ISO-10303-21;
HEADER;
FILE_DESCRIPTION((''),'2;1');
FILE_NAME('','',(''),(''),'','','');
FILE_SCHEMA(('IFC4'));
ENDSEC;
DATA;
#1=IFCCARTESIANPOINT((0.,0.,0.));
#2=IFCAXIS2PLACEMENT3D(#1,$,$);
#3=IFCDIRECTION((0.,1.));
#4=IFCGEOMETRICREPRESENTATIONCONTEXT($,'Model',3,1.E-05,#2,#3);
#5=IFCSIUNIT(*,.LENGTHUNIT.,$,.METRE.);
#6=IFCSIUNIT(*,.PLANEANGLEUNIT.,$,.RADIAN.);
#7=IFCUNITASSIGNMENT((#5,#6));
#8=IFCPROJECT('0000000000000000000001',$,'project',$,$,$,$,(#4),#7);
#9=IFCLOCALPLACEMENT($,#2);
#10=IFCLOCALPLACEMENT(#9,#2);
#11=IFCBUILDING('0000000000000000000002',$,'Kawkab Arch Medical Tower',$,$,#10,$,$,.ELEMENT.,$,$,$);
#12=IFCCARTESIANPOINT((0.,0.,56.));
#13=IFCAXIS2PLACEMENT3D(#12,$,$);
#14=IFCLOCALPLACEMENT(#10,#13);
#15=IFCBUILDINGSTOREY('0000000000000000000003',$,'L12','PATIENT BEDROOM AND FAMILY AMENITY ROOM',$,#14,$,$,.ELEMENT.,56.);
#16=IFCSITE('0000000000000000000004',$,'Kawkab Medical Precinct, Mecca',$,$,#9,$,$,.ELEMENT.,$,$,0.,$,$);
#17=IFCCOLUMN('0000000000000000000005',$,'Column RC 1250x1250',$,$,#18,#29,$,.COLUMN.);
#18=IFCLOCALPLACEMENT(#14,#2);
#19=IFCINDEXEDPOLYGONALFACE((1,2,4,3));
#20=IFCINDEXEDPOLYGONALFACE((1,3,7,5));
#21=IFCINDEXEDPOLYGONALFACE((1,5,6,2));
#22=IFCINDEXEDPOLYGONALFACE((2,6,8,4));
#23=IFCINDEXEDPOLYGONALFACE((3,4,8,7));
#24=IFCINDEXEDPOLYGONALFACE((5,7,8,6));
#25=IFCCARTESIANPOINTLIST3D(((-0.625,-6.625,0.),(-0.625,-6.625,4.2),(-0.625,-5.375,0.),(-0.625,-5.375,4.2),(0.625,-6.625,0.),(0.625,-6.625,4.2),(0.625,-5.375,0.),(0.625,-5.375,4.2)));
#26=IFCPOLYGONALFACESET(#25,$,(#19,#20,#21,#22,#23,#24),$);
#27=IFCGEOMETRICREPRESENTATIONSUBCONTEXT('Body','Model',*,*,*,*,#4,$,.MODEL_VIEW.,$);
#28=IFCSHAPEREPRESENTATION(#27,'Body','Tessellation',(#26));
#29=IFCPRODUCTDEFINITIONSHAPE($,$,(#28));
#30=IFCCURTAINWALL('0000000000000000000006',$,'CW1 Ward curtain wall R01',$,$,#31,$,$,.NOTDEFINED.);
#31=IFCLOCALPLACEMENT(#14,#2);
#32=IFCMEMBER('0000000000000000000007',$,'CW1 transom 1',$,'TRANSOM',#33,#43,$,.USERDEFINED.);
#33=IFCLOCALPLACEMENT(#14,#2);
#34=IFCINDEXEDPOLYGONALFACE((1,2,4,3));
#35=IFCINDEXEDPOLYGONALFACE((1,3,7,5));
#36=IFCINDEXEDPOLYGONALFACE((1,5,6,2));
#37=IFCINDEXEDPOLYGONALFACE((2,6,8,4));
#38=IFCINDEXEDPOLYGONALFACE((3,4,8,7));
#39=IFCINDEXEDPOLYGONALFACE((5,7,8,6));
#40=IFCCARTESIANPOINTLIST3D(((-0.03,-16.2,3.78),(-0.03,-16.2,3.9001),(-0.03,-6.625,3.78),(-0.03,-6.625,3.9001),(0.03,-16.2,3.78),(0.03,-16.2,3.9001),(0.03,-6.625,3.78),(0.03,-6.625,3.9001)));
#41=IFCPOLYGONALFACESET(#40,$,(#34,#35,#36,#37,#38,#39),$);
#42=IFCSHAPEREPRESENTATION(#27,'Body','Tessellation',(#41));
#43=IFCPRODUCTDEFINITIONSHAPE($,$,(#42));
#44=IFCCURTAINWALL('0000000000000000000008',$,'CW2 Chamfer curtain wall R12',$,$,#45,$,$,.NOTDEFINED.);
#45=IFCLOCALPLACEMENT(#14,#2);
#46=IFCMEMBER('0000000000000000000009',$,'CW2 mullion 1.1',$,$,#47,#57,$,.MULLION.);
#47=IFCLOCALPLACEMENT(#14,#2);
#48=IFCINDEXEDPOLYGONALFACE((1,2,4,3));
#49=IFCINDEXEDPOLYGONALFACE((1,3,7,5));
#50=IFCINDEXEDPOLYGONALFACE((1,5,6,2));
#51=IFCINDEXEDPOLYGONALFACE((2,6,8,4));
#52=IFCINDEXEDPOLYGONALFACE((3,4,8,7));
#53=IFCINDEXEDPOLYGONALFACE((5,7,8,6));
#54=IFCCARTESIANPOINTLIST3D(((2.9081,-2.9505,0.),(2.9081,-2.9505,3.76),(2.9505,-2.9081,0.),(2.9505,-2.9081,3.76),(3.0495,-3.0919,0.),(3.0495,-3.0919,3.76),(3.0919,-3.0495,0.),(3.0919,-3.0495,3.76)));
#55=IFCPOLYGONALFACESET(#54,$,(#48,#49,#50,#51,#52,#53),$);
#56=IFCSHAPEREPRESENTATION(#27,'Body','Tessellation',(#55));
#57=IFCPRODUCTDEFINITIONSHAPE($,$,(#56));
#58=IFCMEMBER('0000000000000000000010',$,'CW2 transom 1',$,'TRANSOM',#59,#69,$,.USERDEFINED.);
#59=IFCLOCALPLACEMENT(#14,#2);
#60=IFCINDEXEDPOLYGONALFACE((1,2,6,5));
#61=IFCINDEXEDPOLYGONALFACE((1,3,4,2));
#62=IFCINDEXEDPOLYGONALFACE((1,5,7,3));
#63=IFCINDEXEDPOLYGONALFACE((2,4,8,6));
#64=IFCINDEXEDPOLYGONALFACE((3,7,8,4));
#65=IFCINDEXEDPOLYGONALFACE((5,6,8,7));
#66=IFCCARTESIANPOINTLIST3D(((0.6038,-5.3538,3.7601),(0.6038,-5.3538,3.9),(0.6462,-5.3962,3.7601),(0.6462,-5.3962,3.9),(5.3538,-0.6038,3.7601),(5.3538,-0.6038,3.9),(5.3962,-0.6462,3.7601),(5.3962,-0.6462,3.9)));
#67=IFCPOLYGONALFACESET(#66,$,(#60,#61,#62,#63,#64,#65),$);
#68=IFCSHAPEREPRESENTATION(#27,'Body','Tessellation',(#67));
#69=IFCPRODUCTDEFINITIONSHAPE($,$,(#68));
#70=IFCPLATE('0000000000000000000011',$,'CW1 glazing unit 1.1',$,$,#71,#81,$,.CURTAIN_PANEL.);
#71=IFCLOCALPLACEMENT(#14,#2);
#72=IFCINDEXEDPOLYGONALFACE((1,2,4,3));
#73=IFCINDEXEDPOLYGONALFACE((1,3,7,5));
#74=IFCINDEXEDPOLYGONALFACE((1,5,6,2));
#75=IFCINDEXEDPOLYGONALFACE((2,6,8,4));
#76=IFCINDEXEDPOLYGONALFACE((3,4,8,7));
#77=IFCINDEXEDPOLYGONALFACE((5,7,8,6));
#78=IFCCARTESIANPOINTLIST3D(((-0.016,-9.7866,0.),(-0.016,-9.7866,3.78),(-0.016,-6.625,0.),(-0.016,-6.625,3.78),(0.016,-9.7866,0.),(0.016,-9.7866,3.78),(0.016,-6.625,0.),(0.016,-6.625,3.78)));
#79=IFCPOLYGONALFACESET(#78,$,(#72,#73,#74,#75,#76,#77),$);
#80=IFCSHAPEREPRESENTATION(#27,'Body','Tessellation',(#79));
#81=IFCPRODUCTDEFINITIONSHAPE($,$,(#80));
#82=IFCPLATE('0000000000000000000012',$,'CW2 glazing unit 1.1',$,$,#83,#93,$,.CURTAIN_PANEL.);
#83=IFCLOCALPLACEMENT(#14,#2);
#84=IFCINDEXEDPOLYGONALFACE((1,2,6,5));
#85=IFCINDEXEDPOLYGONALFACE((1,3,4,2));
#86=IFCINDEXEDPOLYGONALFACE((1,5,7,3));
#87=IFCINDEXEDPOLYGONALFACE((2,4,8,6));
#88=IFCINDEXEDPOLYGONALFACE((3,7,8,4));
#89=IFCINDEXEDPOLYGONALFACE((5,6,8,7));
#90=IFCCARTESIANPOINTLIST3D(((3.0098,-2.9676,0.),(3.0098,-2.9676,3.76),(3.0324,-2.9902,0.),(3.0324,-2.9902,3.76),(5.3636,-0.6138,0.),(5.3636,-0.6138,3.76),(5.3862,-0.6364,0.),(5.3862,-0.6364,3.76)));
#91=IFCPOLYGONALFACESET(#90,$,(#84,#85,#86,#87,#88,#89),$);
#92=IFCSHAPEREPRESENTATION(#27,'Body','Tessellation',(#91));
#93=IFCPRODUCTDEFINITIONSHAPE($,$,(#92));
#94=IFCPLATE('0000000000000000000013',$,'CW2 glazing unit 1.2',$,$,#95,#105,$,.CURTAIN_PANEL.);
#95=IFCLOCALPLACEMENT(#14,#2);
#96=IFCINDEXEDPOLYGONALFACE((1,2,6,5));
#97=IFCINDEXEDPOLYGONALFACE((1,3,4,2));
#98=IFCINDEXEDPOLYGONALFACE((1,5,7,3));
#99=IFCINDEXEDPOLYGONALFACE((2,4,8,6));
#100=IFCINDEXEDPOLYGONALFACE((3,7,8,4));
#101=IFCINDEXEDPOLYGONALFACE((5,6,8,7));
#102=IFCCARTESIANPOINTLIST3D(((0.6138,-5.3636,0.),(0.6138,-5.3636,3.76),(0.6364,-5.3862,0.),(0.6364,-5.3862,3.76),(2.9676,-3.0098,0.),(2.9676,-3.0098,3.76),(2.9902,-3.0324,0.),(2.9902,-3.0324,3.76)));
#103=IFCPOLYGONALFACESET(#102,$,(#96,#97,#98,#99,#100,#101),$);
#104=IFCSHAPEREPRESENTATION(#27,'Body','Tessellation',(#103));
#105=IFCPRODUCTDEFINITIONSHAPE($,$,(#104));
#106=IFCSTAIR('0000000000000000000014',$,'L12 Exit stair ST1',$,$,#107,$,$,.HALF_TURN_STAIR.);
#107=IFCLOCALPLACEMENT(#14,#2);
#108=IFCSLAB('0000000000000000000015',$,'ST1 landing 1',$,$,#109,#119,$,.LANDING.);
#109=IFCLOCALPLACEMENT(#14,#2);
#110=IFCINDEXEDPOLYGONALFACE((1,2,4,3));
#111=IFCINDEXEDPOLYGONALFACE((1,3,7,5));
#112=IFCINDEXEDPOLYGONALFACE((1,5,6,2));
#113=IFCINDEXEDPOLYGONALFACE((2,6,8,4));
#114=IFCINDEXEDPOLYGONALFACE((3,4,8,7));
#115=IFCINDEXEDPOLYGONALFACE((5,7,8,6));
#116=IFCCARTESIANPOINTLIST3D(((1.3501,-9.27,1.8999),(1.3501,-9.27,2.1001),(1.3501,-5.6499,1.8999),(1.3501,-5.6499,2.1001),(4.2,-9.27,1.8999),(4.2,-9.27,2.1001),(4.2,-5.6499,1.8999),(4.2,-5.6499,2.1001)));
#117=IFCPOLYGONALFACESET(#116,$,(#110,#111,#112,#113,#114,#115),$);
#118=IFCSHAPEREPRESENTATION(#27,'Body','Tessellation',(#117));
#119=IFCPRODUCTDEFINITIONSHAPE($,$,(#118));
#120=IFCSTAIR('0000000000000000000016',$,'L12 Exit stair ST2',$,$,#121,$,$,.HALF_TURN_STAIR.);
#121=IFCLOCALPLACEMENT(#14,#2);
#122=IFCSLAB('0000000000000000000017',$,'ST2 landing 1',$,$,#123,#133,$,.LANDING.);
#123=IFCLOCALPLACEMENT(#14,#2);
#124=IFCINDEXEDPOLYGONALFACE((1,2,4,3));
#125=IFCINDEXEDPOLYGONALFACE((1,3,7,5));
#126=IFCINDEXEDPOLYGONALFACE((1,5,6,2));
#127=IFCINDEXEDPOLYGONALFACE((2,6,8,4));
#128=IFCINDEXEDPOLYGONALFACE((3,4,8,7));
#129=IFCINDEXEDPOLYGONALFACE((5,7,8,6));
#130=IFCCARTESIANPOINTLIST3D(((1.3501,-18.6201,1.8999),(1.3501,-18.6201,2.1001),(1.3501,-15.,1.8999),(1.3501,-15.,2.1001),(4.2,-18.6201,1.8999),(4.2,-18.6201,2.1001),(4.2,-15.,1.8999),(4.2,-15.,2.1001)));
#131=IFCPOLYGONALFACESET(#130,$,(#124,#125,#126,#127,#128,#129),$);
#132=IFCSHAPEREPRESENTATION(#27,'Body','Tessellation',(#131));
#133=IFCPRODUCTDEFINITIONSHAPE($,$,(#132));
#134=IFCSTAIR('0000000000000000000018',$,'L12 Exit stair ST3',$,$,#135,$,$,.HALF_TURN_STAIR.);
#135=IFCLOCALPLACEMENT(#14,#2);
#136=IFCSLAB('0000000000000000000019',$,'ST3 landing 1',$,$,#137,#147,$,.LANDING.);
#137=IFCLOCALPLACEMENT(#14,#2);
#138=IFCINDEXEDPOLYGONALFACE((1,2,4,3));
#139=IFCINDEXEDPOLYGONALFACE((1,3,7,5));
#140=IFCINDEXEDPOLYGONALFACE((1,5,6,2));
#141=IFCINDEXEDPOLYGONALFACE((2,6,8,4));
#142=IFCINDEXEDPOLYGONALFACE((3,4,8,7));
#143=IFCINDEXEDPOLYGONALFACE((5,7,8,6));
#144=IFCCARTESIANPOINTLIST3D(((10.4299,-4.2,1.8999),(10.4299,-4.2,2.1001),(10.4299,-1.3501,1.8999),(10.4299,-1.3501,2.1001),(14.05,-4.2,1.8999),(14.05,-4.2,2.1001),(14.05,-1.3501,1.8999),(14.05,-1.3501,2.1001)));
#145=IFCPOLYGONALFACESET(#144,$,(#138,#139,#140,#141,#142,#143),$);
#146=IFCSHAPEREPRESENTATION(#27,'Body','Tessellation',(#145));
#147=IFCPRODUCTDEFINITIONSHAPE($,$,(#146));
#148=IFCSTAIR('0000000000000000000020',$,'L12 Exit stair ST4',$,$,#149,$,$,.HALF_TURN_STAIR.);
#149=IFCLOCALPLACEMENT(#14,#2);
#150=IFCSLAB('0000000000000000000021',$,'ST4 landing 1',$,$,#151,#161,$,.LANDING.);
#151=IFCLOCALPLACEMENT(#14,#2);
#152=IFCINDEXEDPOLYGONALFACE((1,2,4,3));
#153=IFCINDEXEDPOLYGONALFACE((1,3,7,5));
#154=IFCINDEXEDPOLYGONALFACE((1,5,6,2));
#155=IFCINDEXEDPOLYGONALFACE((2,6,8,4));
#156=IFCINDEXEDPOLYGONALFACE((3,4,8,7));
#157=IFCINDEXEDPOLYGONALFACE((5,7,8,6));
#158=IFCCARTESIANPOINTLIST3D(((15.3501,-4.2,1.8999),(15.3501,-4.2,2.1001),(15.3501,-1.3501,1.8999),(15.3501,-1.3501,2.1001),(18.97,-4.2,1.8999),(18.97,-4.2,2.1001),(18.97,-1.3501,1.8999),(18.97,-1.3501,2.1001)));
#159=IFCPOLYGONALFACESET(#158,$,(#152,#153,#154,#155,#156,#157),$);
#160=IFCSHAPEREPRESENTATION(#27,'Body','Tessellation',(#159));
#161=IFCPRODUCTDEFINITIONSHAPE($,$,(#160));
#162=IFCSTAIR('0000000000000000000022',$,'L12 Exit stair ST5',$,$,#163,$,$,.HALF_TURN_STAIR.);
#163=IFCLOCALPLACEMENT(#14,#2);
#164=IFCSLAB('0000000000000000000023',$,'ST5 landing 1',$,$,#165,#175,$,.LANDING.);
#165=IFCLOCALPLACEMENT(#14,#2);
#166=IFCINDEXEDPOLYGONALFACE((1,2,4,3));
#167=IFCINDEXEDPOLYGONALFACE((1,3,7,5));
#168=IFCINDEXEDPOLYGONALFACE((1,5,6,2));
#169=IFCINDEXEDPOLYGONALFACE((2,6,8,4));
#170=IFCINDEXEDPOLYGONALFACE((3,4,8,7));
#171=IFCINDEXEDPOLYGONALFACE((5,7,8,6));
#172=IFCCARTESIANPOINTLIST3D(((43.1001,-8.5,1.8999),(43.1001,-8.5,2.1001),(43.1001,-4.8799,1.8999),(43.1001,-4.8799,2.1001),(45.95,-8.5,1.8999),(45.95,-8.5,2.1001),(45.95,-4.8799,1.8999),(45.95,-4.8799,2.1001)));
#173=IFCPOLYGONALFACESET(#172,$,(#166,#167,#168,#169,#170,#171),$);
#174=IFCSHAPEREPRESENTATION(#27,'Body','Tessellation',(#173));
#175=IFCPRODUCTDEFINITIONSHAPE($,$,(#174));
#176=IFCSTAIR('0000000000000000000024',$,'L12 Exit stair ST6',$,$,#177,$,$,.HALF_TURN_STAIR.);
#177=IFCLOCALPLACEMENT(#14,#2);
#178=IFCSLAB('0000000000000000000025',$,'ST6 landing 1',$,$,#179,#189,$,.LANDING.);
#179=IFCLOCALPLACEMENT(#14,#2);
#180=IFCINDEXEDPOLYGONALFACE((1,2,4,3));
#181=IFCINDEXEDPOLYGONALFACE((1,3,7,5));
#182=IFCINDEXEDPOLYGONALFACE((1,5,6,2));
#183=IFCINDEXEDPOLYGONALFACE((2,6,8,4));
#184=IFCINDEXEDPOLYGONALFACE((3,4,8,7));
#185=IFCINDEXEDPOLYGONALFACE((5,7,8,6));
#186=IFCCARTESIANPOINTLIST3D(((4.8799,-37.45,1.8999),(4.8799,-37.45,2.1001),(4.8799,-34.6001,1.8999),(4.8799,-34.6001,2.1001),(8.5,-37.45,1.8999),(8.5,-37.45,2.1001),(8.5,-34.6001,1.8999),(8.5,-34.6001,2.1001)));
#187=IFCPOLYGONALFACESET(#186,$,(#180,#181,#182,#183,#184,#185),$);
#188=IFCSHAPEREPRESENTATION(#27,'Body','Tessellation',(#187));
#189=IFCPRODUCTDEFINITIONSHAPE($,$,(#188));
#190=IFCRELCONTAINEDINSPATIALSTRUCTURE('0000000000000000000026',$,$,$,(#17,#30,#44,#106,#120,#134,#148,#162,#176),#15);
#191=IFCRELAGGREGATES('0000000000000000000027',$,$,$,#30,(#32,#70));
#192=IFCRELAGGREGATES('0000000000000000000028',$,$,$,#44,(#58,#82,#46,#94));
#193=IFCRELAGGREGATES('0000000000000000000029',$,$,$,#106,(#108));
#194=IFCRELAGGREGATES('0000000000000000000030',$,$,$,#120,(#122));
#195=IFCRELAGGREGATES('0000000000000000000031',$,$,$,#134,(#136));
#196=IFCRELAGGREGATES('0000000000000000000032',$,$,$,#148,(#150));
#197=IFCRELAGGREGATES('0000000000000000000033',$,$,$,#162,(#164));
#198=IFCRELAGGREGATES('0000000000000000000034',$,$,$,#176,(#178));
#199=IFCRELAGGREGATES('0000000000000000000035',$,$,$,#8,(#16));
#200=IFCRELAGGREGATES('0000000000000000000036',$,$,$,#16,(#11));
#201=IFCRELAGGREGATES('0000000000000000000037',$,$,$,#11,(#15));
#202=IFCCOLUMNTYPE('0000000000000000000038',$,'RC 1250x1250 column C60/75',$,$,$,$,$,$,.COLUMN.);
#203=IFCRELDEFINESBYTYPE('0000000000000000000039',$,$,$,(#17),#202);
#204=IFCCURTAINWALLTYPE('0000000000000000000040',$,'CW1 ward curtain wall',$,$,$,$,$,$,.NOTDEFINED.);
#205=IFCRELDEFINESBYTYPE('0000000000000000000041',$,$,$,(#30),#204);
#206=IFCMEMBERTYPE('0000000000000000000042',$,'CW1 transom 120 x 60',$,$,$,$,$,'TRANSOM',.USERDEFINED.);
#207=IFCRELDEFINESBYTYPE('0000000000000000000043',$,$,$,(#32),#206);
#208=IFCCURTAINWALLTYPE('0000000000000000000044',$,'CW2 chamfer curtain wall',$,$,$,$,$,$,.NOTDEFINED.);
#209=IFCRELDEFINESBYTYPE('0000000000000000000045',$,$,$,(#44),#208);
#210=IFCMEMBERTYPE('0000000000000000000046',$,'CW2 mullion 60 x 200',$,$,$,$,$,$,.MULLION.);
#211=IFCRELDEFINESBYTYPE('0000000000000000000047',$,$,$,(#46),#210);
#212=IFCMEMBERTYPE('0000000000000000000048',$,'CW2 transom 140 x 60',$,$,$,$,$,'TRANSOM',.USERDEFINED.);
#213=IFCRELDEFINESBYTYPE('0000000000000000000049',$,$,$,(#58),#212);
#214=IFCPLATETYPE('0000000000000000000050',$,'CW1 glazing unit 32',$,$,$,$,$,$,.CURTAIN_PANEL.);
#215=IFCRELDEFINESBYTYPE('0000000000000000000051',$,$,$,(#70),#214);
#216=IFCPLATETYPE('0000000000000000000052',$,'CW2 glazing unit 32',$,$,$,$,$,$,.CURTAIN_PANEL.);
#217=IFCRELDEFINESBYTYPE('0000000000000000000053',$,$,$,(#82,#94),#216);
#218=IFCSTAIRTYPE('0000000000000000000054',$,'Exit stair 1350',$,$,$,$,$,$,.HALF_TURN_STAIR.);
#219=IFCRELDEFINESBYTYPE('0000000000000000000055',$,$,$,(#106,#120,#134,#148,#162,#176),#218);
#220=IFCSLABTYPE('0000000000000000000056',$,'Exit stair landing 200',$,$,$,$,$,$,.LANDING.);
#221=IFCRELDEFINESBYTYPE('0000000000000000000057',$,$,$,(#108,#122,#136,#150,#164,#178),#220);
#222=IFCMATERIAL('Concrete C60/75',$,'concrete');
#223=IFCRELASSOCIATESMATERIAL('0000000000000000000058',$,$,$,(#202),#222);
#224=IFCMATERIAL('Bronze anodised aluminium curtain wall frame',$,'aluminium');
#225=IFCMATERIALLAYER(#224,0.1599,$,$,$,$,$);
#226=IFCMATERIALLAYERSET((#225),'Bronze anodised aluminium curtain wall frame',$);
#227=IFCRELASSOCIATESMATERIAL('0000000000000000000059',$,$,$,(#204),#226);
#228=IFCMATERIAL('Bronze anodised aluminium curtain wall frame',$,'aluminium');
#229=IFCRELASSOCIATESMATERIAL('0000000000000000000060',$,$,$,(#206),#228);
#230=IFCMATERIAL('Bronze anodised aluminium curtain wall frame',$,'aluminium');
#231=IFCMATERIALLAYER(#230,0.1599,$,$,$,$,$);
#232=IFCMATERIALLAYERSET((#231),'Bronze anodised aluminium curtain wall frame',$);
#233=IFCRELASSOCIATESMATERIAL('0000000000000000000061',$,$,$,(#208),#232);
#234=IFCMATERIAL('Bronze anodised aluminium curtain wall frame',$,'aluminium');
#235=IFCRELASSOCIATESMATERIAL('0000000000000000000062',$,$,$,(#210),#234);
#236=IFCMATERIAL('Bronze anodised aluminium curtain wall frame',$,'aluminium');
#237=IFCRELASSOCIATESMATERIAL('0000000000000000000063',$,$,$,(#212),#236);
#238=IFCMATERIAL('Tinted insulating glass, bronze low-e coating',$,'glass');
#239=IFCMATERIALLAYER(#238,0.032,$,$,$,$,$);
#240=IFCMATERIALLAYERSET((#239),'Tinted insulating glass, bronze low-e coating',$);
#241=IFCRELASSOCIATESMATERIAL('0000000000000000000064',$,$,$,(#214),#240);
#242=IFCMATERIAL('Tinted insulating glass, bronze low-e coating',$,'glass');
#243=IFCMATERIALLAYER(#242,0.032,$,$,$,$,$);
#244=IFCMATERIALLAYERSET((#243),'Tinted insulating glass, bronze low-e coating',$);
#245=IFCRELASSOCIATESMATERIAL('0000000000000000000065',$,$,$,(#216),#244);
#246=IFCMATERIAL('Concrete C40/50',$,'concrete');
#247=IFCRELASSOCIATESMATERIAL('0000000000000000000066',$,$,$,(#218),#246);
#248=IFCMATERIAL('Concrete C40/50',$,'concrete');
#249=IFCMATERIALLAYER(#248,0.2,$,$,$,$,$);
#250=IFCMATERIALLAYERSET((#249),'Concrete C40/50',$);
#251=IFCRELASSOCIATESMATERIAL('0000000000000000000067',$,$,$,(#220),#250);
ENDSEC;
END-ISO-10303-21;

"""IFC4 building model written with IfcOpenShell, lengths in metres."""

from ifc_helpers import new_model, si_unit, direction, frame, origin, origin_2d, place, context, subcontext, project, spatial, polyline, rectangle, outline, extrude, material, layer, layer_set, material_profile, profile_set, type_object, element, aggregate, save


model = new_model("IFC4")

# Units and contexts
model_context = context("Model", 3, precision=1e-05, world=origin(), true_north=direction((0.0, 1.0)))
body_context = subcontext(model_context, "Body", "Model", "MODEL_VIEW")
ifc_project = project(units=[si_unit("LENGTHUNIT", "METRE"), si_unit("PLANEANGLEUNIT", "RADIAN")], contexts=[model_context])

# Site, building, storey
site_placement = place(None, origin())
site = spatial("IfcSite", under=ifc_project, at=site_placement, Name="Kawkab Medical Precinct, Mecca", CompositionType="ELEMENT", RefElevation=0.0)
building_placement = place(site_placement, origin())
building = spatial("IfcBuilding", under=site, at=building_placement, Name="Kawkab Arch Medical Tower", CompositionType="ELEMENT")
storey_placement = place(building_placement, frame((0.0, 0.0, 56.0)))
storey = spatial("IfcBuildingStorey", under=building, at=storey_placement, Name="L12", Description="PATIENT BEDROOM AND FAMILY AMENITY ROOM", CompositionType="ELEMENT", Elevation=56.0)

# Column
ifc_material_1 = material(Name="Concrete C60/75", Category="concrete")
ifc_material_profile_1 = material_profile(ifc_material_1, rectangle(XDim=1.25, YDim=1.25, at=origin_2d()), Name="RC 1250x1250")
ifc_profile_set_1 = profile_set([ifc_material_profile_1], Name="Concrete C60/75")
column_type = type_object("IfcColumnType", Name="RC 1250x1250 column C60/75", PredefinedType="COLUMN", material=ifc_profile_set_1)
column_placement = place(storey_placement, frame((0.0, -6.0, 0.0), z_axis=(0.0, 0.0, 1.0), x_axis=(1.0, 0.0, 0.0)))
element("IfcColumn", 1, at=column_placement, inside=storey, type_object=column_type, Name="Column RC 1250x1250", PredefinedType="COLUMN", context=body_context, shape_type="SweptSolid", body=[
    extrude(rectangle(XDim=1.25, YDim=1.25, at=origin_2d()), origin(), (0.0, 0.0, 1.0), 4.2),
])

# Curtain wall, member
ifc_material_2 = material(Name="Bronze anodised aluminium curtain wall frame", Category="aluminium")
ifc_layer_1 = layer(ifc_material_2, 0.1599)
ifc_layer_set_1 = layer_set([ifc_layer_1], Name="Bronze anodised aluminium curtain wall frame")
curtain_wall_type_1 = type_object("IfcCurtainWallType", Name="CW1 ward curtain wall", PredefinedType="NOTDEFINED", material=ifc_layer_set_1)
placement_1 = place(storey_placement, origin())
curtain_wall_1 = element("IfcCurtainWall", 2, at=placement_1, inside=storey, type_object=curtain_wall_type_1, Name="CW1 Ward curtain wall R01", PredefinedType="NOTDEFINED")
ifc_material_3 = material(Name="Bronze anodised aluminium curtain wall frame", Category="aluminium")
ifc_material_profile_2 = material_profile(ifc_material_3, rectangle(XDim=0.0601, YDim=0.1201, at=origin_2d()), Name="AL 60x120")
ifc_profile_set_2 = profile_set([ifc_material_profile_2], Name="Bronze anodised aluminium curtain wall frame")
member_type_1 = type_object("IfcMemberType", Name="CW1 transom 120 x 60", ElementType="TRANSOM", PredefinedType="USERDEFINED", material=ifc_profile_set_2)
member_1_placement = place(storey_placement, frame((0.0, -6.625, 3.8401), z_axis=(0.0, -1.0, 0.0), x_axis=(1.0, 0.0, 0.0)))
member_1 = element("IfcMember", 3, at=member_1_placement, type_object=member_type_1, Name="CW1 transom 1", ObjectType="TRANSOM", PredefinedType="USERDEFINED", context=body_context, shape_type="SweptSolid", body=[
    extrude(rectangle(XDim=0.0601, YDim=0.1201, at=origin_2d()), origin(), (0.0, 0.0, 1.0), 9.575),
])

# Curtain wall, members
ifc_material_4 = material(Name="Bronze anodised aluminium curtain wall frame", Category="aluminium")
ifc_layer_2 = layer(ifc_material_4, 0.1599)
ifc_layer_set_2 = layer_set([ifc_layer_2], Name="Bronze anodised aluminium curtain wall frame")
curtain_wall_type_2 = type_object("IfcCurtainWallType", Name="CW2 chamfer curtain wall", PredefinedType="NOTDEFINED", material=ifc_layer_set_2)
curtain_wall_2 = element("IfcCurtainWall", 4, at=placement_1, inside=storey, type_object=curtain_wall_type_2, Name="CW2 Chamfer curtain wall R12", PredefinedType="NOTDEFINED")
ifc_material_5 = material(Name="Bronze anodised aluminium curtain wall frame", Category="aluminium")
ifc_material_profile_3 = material_profile(ifc_material_5, rectangle(XDim=0.2, YDim=0.0601, at=origin_2d()), Name="AL 60x200")
ifc_profile_set_3 = profile_set([ifc_material_profile_3], Name="Bronze anodised aluminium curtain wall frame")
member_type_2 = type_object("IfcMemberType", Name="CW2 mullion 60 x 200", PredefinedType="MULLION", material=ifc_profile_set_3)
member_2_placement = place(storey_placement, frame((3.0, -3.0, 0.0), z_axis=(0.0, 0.0, 1.0), x_axis=(0.707107, -0.707107, 0.0)))
member_2 = element("IfcMember", 5, at=member_2_placement, type_object=member_type_2, Name="CW2 mullion 1.1", PredefinedType="MULLION", context=body_context, shape_type="SweptSolid", body=[
    extrude(rectangle(XDim=0.2, YDim=0.0601, at=origin_2d()), origin(), (0.0, 0.0, 1.0), 3.76),
])
ifc_material_6 = material(Name="Bronze anodised aluminium curtain wall frame", Category="aluminium")
ifc_material_profile_4 = material_profile(ifc_material_6, rectangle(XDim=0.0601, YDim=0.1399, at=origin_2d()), Name="AL 60x140")
ifc_profile_set_4 = profile_set([ifc_material_profile_4], Name="Bronze anodised aluminium curtain wall frame")
member_type_3 = type_object("IfcMemberType", Name="CW2 transom 140 x 60", ElementType="TRANSOM", PredefinedType="USERDEFINED", material=ifc_profile_set_4)
member_3_placement = place(storey_placement, frame((5.375, -0.625, 3.8301), z_axis=(-0.707107, -0.707107, 0.0), x_axis=(0.707107, -0.707107, 0.0)))
member_3 = element("IfcMember", 6, at=member_3_placement, type_object=member_type_3, Name="CW2 transom 1", ObjectType="TRANSOM", PredefinedType="USERDEFINED", context=body_context, shape_type="SweptSolid", body=[
    extrude(rectangle(XDim=0.0601, YDim=0.1399, at=origin_2d()), origin(), (0.0, 0.0, 1.0), 6.7175),
])

# Plates
ifc_material_7 = material(Name="Tinted insulating glass, bronze low-e coating", Category="glass")
ifc_layer_3 = layer(ifc_material_7, 0.032)
ifc_layer_set_3 = layer_set([ifc_layer_3], Name="Tinted insulating glass, bronze low-e coating")
plate_type_1 = type_object("IfcPlateType", Name="CW1 glazing unit 32", PredefinedType="CURTAIN_PANEL", material=ifc_layer_set_3)
plate_1_placement = place(storey_placement, frame((0.0, -8.2058, 0.0), z_axis=(0.0, 0.0, 1.0), x_axis=(0.0, -1.0, 0.0)))
plate_1 = element("IfcPlate", 7, at=plate_1_placement, type_object=plate_type_1, Name="CW1 glazing unit 1.1", PredefinedType="CURTAIN_PANEL", context=body_context, shape_type="SweptSolid", body=[
    extrude(rectangle(XDim=3.1616, YDim=0.032, at=origin_2d()), origin(), (0.0, 0.0, 1.0), 3.78),
])
aggregate(curtain_wall_1, [member_1, plate_1])
ifc_material_8 = material(Name="Tinted insulating glass, bronze low-e coating", Category="glass")
ifc_layer_4 = layer(ifc_material_8, 0.032)
ifc_layer_set_4 = layer_set([ifc_layer_4], Name="Tinted insulating glass, bronze low-e coating")
plate_type_2 = type_object("IfcPlateType", Name="CW2 glazing unit 32", PredefinedType="CURTAIN_PANEL", material=ifc_layer_set_4)
plate_2_placement = place(storey_placement, frame((4.198, -1.802, 0.0), z_axis=(0.0, 0.0, 1.0), x_axis=(-0.707107, -0.707107, 0.0)))
plate_2 = element("IfcPlate", 8, at=plate_2_placement, type_object=plate_type_2, Name="CW2 glazing unit 1.1", PredefinedType="CURTAIN_PANEL", context=body_context, shape_type="SweptSolid", body=[
    extrude(rectangle(XDim=3.3289, YDim=0.032, at=origin_2d()), origin(), (0.0, 0.0, 1.0), 3.76),
])
plate_3_placement = place(storey_placement, frame((1.802, -4.198, 0.0), z_axis=(0.0, 0.0, 1.0), x_axis=(-0.707107, -0.707107, 0.0)))
plate_3 = element("IfcPlate", 9, at=plate_3_placement, type_object=plate_type_2, Name="CW2 glazing unit 1.2", PredefinedType="CURTAIN_PANEL", context=body_context, shape_type="SweptSolid", body=[
    extrude(rectangle(XDim=3.3289, YDim=0.032, at=origin_2d()), origin(), (0.0, 0.0, 1.0), 3.76),
])
aggregate(curtain_wall_2, [member_3, plate_2, member_2, plate_3])

# Stairs, slabs
ifc_material_9 = material(Name="Concrete C40/50", Category="concrete")
stair_type = type_object("IfcStairType", Name="Exit stair 1350", PredefinedType="HALF_TURN_STAIR", material=ifc_material_9)
stair_1 = element("IfcStair", 10, at=placement_1, inside=storey, type_object=stair_type, Name="L12 Exit stair ST1", PredefinedType="HALF_TURN_STAIR")
ifc_material_10 = material(Name="Concrete C40/50", Category="concrete")
ifc_layer_5 = layer(ifc_material_10, 0.2)
ifc_layer_set_5 = layer_set([ifc_layer_5], Name="Concrete C40/50")
slab_type_1 = type_object("IfcSlabType", Name="Exit stair landing 200", PredefinedType="LANDING", material=ifc_layer_set_5)
placement_2 = place(storey_placement, frame((0.0, 0.0, 1.8999)))
slab_1 = element("IfcSlab", 11, at=placement_2, type_object=slab_type_1, Name="ST1 landing 1", PredefinedType="LANDING", context=body_context, shape_type="SweptSolid", body=[
    extrude(outline(polyline([(4.2, -9.27), (4.2, -5.6499), (1.3501, -5.6499), (1.3501, -9.27), (4.2, -9.27)])), origin(), (0.0, 0.0, 1.0), 0.2002),
])
aggregate(stair_1, [slab_1])
stair_2 = element("IfcStair", 12, at=placement_1, inside=storey, type_object=stair_type, Name="L12 Exit stair ST2", PredefinedType="HALF_TURN_STAIR")
slab_2 = element("IfcSlab", 13, at=placement_2, type_object=slab_type_1, Name="ST2 landing 1", PredefinedType="LANDING", context=body_context, shape_type="SweptSolid", body=[
    extrude(outline(polyline([(4.2, -18.6201), (4.2, -15.0), (1.3501, -15.0), (1.3501, -18.6201), (4.2, -18.6201)])), origin(), (0.0, 0.0, 1.0), 0.2002),
])
aggregate(stair_2, [slab_2])
stair_3 = element("IfcStair", 14, at=placement_1, inside=storey, type_object=stair_type, Name="L12 Exit stair ST3", PredefinedType="HALF_TURN_STAIR")
slab_3 = element("IfcSlab", 15, at=placement_2, type_object=slab_type_1, Name="ST3 landing 1", PredefinedType="LANDING", context=body_context, shape_type="SweptSolid", body=[
    extrude(outline(polyline([(10.4299, -4.2), (14.05, -4.2), (14.05, -1.3501), (10.4299, -1.3501), (10.4299, -4.2)])), origin(), (0.0, 0.0, 1.0), 0.2002),
])
aggregate(stair_3, [slab_3])
stair_4 = element("IfcStair", 16, at=placement_1, inside=storey, type_object=stair_type, Name="L12 Exit stair ST4", PredefinedType="HALF_TURN_STAIR")
slab_4 = element("IfcSlab", 17, at=placement_2, type_object=slab_type_1, Name="ST4 landing 1", PredefinedType="LANDING", context=body_context, shape_type="SweptSolid", body=[
    extrude(outline(polyline([(18.97, -1.3501), (15.3501, -1.3501), (15.3501, -4.2), (18.97, -4.2), (18.97, -1.3501)])), origin(), (0.0, 0.0, 1.0), 0.2002),
])
aggregate(stair_4, [slab_4])
stair_5 = element("IfcStair", 18, at=placement_1, inside=storey, type_object=stair_type, Name="L12 Exit stair ST5", PredefinedType="HALF_TURN_STAIR")
slab_5 = element("IfcSlab", 19, at=placement_2, type_object=slab_type_1, Name="ST5 landing 1", PredefinedType="LANDING", context=body_context, shape_type="SweptSolid", body=[
    extrude(outline(polyline([(43.1001, -4.8799), (43.1001, -8.5), (45.95, -8.5), (45.95, -4.8799), (43.1001, -4.8799)])), origin(), (0.0, 0.0, 1.0), 0.2002),
])
aggregate(stair_5, [slab_5])
stair_6 = element("IfcStair", 20, at=placement_1, inside=storey, type_object=stair_type, Name="L12 Exit stair ST6", PredefinedType="HALF_TURN_STAIR")
slab_6 = element("IfcSlab", 21, at=placement_2, type_object=slab_type_1, Name="ST6 landing 1", PredefinedType="LANDING", context=body_context, shape_type="SweptSolid", body=[
    extrude(outline(polyline([(4.8799, -37.45), (8.5, -37.45), (8.5, -34.6001), (4.8799, -34.6001), (4.8799, -37.45)])), origin(), (0.0, 0.0, 1.0), 0.2002),
])
aggregate(stair_6, [slab_6])

save(model, "model.ifc")
